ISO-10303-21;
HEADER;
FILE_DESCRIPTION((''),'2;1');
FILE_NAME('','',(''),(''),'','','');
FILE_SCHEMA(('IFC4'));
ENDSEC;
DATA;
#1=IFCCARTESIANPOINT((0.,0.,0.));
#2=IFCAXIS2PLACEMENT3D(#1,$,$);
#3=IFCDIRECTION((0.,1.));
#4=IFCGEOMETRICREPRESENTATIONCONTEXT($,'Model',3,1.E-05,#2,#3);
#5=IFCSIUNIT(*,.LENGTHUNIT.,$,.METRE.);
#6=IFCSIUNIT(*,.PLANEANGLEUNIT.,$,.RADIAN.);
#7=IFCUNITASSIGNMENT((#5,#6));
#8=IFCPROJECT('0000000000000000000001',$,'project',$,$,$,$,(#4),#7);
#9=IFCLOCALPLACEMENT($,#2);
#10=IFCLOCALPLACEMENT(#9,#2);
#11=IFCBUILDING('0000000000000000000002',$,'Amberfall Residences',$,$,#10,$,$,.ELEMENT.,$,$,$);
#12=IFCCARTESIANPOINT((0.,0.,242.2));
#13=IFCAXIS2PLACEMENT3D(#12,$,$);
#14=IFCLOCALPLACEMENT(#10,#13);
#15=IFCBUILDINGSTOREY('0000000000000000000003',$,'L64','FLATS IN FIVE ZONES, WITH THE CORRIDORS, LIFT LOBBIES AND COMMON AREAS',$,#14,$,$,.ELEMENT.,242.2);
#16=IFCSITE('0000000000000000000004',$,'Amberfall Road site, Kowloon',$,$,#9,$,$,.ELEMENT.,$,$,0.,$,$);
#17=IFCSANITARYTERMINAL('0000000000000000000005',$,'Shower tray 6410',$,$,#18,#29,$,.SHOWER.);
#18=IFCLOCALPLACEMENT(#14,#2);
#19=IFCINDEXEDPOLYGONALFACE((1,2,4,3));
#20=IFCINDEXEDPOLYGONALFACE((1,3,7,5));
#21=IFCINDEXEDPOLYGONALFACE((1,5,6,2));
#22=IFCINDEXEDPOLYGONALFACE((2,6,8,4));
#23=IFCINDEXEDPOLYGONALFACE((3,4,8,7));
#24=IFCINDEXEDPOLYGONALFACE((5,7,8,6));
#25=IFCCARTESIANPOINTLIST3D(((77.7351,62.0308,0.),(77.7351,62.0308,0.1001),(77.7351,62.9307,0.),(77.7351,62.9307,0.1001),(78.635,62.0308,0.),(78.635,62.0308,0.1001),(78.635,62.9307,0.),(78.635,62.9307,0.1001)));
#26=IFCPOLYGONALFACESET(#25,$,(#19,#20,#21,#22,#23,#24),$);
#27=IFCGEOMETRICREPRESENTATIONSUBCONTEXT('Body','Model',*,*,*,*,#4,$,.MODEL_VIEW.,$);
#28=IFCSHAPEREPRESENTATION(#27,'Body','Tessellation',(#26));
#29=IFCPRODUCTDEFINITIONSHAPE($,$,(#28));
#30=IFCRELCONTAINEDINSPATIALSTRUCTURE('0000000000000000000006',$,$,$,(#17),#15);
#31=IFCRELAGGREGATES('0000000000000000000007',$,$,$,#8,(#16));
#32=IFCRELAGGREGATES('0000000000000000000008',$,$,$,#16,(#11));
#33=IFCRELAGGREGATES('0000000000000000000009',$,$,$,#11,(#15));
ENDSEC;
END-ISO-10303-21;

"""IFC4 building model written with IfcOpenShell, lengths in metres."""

from ifc_helpers import new_model, si_unit, direction, frame, origin, origin_2d, place, context, subcontext, project, spatial, rectangle, extrude, element, save


model = new_model("IFC4")

# Units and contexts
model_context = context("Model", 3, precision=1e-05, world=origin(), true_north=direction((0.0, 1.0)))
body_context = subcontext(model_context, "Body", "Model", "MODEL_VIEW")
ifc_project = project(units=[si_unit("LENGTHUNIT", "METRE"), si_unit("PLANEANGLEUNIT", "RADIAN")], contexts=[model_context])

# Site, building, storey
site_placement = place(None, origin())
site = spatial("IfcSite", under=ifc_project, at=site_placement, Name="Amberfall Road site, Kowloon", CompositionType="ELEMENT", RefElevation=0.0)
building_placement = place(site_placement, origin())
building = spatial("IfcBuilding", under=site, at=building_placement, Name="Amberfall Residences", CompositionType="ELEMENT")
storey_placement = place(building_placement, frame((0.0, 0.0, 242.2)))
storey = spatial("IfcBuildingStorey", under=building, at=storey_placement, Name="L64", Description="FLATS IN FIVE ZONES, WITH THE CORRIDORS, LIFT LOBBIES AND COMMON AREAS", CompositionType="ELEMENT", Elevation=242.2)

# Sanitary terminal
sanitary_terminal_1_placement = place(storey_placement, frame((78.1851, 62.4807, 0.0), z_axis=(0.0, 0.0, 1.0), x_axis=(1.0, 0.0, 0.0)))
element("IfcSanitaryTerminal", 1, at=sanitary_terminal_1_placement, inside=storey, Name="Shower tray 6410", PredefinedType="SHOWER", context=body_context, shape_type="SweptSolid", body=[
    extrude(rectangle(XDim=0.8999, YDim=0.8999, at=origin_2d()), origin(), (0.0, 0.0, 1.0), 0.1001),
])

save(model, "model.ifc")
